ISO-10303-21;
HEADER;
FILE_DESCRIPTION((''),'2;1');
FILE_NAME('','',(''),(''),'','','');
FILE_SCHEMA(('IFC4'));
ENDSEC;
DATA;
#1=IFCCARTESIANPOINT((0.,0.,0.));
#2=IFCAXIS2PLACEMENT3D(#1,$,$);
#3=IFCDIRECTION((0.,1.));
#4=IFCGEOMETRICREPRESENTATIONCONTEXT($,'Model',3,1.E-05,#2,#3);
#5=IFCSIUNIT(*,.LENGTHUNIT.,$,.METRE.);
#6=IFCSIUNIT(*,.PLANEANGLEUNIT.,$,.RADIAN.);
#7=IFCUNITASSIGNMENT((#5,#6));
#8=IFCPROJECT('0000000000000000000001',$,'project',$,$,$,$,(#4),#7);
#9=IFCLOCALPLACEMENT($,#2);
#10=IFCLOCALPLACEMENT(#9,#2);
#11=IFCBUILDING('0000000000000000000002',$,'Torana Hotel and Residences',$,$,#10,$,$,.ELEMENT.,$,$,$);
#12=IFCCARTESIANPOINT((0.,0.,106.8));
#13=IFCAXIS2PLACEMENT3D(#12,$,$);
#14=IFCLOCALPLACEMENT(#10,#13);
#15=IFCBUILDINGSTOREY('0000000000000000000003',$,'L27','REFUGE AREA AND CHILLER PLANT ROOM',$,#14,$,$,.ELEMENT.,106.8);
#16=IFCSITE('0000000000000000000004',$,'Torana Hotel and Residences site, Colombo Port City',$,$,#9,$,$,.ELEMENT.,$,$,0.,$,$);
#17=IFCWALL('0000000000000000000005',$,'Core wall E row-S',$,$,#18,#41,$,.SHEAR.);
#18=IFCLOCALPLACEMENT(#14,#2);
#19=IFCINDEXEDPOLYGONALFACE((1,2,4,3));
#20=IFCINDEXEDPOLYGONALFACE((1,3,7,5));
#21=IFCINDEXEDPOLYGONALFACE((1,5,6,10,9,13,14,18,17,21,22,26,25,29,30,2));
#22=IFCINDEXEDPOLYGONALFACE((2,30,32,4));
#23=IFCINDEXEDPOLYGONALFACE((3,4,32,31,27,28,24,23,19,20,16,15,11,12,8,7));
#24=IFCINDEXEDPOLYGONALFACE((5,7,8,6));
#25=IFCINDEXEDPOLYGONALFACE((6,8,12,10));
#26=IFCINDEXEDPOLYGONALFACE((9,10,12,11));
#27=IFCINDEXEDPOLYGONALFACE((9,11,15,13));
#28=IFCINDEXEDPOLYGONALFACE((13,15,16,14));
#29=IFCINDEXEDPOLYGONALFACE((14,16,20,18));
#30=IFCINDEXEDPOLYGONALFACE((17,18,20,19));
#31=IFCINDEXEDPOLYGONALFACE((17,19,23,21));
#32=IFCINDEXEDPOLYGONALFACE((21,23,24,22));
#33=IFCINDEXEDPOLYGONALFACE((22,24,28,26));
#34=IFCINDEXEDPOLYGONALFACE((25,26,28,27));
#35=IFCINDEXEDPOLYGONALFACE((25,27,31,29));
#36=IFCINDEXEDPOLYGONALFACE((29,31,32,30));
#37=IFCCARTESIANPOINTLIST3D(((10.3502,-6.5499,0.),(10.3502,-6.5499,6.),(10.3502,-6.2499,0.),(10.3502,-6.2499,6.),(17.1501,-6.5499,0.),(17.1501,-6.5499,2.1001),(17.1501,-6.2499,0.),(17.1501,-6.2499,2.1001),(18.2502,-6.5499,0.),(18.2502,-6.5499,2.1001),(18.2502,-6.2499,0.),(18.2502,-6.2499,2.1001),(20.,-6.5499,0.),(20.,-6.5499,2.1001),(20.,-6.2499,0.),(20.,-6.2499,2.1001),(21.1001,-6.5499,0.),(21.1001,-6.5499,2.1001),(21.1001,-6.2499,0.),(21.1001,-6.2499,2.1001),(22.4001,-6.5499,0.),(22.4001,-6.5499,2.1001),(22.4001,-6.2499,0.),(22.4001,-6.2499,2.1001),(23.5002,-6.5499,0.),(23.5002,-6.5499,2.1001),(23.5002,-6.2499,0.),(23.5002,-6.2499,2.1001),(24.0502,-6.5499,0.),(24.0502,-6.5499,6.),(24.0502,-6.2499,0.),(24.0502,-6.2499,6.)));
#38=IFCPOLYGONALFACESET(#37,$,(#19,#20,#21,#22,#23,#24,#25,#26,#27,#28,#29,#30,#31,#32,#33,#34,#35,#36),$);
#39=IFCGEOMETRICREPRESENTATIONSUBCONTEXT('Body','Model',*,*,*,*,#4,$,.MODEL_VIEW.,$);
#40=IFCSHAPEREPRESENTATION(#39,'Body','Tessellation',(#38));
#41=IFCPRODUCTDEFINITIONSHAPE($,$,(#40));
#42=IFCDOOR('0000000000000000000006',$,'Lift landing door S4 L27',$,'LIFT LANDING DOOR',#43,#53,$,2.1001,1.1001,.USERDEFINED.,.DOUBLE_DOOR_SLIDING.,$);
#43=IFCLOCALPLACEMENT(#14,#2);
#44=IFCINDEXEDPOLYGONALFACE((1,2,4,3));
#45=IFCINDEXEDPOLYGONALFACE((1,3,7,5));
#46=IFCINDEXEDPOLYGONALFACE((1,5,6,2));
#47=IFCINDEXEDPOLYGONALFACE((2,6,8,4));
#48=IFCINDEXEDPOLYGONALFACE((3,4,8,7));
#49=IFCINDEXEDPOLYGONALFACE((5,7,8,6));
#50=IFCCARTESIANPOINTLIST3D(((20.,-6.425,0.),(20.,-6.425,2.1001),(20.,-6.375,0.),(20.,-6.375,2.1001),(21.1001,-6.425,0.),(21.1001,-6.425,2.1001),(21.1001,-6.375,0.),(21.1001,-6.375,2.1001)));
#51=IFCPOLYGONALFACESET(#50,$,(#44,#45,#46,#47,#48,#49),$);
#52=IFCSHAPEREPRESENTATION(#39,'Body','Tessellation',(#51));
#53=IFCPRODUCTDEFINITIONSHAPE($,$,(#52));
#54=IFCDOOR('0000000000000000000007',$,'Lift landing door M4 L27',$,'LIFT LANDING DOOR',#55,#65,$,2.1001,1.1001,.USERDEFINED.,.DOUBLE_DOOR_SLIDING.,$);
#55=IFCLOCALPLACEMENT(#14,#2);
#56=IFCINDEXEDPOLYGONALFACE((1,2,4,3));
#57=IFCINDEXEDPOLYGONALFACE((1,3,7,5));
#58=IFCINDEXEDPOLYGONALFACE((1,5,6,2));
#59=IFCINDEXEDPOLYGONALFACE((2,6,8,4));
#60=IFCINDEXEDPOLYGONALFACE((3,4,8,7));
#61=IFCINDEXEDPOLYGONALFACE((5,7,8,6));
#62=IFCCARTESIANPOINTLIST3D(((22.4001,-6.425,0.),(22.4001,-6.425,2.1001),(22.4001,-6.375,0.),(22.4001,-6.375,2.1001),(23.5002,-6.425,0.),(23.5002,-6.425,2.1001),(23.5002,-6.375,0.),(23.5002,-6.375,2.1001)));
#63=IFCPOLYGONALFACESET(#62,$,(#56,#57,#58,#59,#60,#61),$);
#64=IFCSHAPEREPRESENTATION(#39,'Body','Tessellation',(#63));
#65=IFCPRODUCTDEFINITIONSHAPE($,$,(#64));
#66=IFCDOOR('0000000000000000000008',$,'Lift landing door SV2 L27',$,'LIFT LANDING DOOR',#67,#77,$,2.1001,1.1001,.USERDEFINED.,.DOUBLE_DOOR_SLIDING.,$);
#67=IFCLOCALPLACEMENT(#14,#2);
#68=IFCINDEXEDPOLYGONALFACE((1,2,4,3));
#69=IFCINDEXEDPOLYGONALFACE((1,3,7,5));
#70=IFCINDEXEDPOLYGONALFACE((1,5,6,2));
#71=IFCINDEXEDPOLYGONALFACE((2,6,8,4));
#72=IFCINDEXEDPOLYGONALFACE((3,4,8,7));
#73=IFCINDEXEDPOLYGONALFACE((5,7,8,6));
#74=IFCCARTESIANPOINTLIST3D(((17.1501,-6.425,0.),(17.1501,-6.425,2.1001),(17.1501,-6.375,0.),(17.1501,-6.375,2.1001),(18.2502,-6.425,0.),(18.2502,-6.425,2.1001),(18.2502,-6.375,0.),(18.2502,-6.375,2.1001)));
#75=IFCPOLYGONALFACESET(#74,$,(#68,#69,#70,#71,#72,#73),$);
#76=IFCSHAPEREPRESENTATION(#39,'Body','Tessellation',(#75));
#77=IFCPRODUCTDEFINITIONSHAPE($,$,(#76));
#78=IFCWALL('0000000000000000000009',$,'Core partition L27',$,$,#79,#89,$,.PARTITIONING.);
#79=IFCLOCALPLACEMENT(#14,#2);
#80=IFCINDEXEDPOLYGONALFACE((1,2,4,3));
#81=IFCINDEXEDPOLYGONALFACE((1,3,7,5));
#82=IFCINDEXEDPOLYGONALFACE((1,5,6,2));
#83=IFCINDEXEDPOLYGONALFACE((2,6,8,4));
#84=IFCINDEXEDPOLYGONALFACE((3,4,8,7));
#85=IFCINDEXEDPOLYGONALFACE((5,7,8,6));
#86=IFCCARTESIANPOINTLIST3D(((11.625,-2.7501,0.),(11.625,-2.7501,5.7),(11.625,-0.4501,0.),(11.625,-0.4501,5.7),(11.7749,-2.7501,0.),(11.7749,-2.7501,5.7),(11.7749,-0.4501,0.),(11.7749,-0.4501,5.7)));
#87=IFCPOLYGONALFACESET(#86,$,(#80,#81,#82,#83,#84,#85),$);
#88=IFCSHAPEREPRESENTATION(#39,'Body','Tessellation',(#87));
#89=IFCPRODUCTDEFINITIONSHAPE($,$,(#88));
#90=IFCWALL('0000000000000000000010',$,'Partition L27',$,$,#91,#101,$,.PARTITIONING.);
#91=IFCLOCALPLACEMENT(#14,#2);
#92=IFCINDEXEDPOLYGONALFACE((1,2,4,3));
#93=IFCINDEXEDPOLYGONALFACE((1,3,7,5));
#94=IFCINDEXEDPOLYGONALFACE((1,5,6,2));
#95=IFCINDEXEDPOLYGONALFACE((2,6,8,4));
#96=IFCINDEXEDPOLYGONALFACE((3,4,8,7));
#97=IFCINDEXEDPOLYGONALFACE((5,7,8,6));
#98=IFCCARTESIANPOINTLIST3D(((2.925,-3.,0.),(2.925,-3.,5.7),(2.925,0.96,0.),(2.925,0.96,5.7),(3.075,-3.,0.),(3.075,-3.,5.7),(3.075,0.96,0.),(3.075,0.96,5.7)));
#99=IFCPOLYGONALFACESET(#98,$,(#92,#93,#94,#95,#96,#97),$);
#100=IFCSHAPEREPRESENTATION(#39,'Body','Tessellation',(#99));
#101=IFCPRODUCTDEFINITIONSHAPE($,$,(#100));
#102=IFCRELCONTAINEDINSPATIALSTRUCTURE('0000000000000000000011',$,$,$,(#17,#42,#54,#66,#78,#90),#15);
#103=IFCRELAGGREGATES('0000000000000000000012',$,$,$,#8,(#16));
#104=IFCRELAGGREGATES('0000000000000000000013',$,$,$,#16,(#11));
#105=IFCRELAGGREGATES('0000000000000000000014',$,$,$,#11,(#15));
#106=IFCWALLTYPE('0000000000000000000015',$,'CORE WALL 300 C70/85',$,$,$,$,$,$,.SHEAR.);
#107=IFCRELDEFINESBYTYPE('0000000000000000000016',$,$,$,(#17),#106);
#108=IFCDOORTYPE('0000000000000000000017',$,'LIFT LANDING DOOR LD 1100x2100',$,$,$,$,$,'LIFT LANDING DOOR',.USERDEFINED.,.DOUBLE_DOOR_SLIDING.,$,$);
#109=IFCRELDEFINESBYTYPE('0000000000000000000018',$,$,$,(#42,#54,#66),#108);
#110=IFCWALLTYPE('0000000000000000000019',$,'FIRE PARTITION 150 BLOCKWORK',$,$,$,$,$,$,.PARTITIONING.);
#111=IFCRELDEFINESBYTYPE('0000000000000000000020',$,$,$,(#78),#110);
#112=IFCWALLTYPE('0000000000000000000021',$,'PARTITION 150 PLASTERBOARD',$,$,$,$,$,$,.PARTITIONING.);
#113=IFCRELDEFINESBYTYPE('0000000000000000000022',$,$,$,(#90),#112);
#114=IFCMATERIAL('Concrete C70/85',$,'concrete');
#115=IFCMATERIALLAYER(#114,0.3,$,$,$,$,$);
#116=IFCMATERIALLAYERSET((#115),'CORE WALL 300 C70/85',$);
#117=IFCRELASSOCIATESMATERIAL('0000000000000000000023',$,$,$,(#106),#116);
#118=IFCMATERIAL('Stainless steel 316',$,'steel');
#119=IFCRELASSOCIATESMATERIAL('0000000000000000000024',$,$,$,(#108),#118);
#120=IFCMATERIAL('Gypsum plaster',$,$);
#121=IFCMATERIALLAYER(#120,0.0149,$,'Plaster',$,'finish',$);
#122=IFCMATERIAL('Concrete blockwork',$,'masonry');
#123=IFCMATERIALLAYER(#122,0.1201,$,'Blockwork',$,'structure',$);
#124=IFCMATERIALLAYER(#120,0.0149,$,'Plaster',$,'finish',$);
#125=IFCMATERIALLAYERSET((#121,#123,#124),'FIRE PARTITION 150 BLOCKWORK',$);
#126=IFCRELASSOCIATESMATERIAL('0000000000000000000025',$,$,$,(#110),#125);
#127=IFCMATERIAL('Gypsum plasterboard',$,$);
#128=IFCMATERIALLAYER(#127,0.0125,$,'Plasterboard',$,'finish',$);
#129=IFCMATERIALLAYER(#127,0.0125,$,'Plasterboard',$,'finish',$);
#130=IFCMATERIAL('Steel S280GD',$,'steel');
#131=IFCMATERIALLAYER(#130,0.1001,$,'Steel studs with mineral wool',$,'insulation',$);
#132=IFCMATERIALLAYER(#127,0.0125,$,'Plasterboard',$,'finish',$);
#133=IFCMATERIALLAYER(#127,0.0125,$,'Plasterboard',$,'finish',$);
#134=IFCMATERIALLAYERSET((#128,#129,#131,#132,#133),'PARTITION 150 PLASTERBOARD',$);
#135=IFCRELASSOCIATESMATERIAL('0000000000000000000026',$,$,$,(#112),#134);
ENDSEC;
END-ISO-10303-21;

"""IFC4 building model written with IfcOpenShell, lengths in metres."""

from ifc_helpers import new_model, si_unit, direction, frame, frame_2d, origin, place, context, subcontext, project, spatial, rectangle, extrude, material, layer, layer_set, type_object, element, fill, save


model = new_model("IFC4")

# Units and contexts
model_context = context("Model", 3, precision=1e-05, world=origin(), true_north=direction((0.0, 1.0)))
body_context = subcontext(model_context, "Body", "Model", "MODEL_VIEW")
ifc_project = project(units=[si_unit("LENGTHUNIT", "METRE"), si_unit("PLANEANGLEUNIT", "RADIAN")], contexts=[model_context])

# Site, building, storey
site_placement = place(None, origin())
site = spatial("IfcSite", under=ifc_project, at=site_placement, Name="Torana Hotel and Residences site, Colombo Port City", CompositionType="ELEMENT", RefElevation=0.0)
building_placement = place(site_placement, origin())
building = spatial("IfcBuilding", under=site, at=building_placement, Name="Torana Hotel and Residences", CompositionType="ELEMENT")
storey_placement = place(building_placement, frame((0.0, 0.0, 106.8)))
storey = spatial("IfcBuildingStorey", under=building, at=storey_placement, Name="L27", Description="REFUGE AREA AND CHILLER PLANT ROOM", CompositionType="ELEMENT", Elevation=106.8)

# Wall, openings, doors
ifc_material_1 = material(Name="Concrete C70/85", Category="concrete")
ifc_layer_1 = layer(ifc_material_1, 0.3)
ifc_layer_set_1 = layer_set([ifc_layer_1], Name="CORE WALL 300 C70/85")
wall_type_1 = type_object("IfcWallType", Name="CORE WALL 300 C70/85", PredefinedType="SHEAR", material=ifc_layer_set_1)
ifc_material_2 = material(Name="Stainless steel 316", Category="steel")
door_type_1 = type_object("IfcDoorType", Name="LIFT LANDING DOOR LD 1100x2100", ElementType="LIFT LANDING DOOR", OperationType="DOUBLE_DOOR_SLIDING", PredefinedType="USERDEFINED", material=ifc_material_2)
wall_1_placement = place(storey_placement, frame((10.3501, -6.3999, 0.0), z_axis=(0.0, 0.0, 1.0), x_axis=(1.0, 0.0, 0.0)))
wall_1 = element("IfcWall", 1, at=wall_1_placement, inside=storey, type_object=wall_type_1, Name="Core wall E row-S", PredefinedType="SHEAR", context=body_context, shape_type="SweptSolid", body=[
    extrude(rectangle(XDim=13.7, YDim=0.3, at=frame_2d((6.8501, 0.0))), origin(), (0.0, 0.0, 1.0), 6.0),
])
opening_1_placement = place(wall_1_placement, frame((9.6499, 0.0, 0.0)))
opening_1 = element("IfcOpeningElement", 2, at=opening_1_placement, cuts=wall_1, PredefinedType="OPENING", context=body_context, shape_type="SweptSolid", body=[
    extrude(rectangle(XDim=1.1001, YDim=2.1001, at=frame_2d((0.55, 1.05))), frame((0.0, 0.1599, 0.0), z_axis=(0.0, -1.0, 0.0), x_axis=(1.0, 0.0, 0.0)), (0.0, 0.0, 1.0), 0.3201),
])
opening_2_placement = place(wall_1_placement, frame((12.05, 0.0, 0.0)))
opening_2 = element("IfcOpeningElement", 3, at=opening_2_placement, cuts=wall_1, PredefinedType="OPENING", context=body_context, shape_type="SweptSolid", body=[
    extrude(rectangle(XDim=1.1001, YDim=2.1001, at=frame_2d((0.55, 1.05))), frame((0.0, 0.1599, 0.0), z_axis=(0.0, -1.0, 0.0), x_axis=(1.0, 0.0, 0.0)), (0.0, 0.0, 1.0), 0.3201),
])
opening_3_placement = place(wall_1_placement, frame((6.8, 0.0, 0.0)))
opening_3 = element("IfcOpeningElement", 4, at=opening_3_placement, cuts=wall_1, PredefinedType="OPENING", context=body_context, shape_type="SweptSolid", body=[
    extrude(rectangle(XDim=1.1001, YDim=2.1001, at=frame_2d((0.55, 1.05))), frame((0.0, 0.1599, 0.0), z_axis=(0.0, -1.0, 0.0), x_axis=(1.0, 0.0, 0.0)), (0.0, 0.0, 1.0), 0.3201),
])
door_1_placement = place(opening_1_placement, origin())
door_1 = element("IfcDoor", 5, at=door_1_placement, inside=storey, type_object=door_type_1, Name="Lift landing door S4 L27", ObjectType="LIFT LANDING DOOR", OperationType="DOUBLE_DOOR_SLIDING", OverallHeight=2.1001, OverallWidth=1.1001, PredefinedType="USERDEFINED", context=body_context, shape_type="SweptSolid", body=[
    extrude(rectangle(XDim=1.1001, YDim=2.1001, at=frame_2d((0.55, 1.05))), frame((0.0, 0.0249, 0.0), z_axis=(0.0, -1.0, 0.0), x_axis=(1.0, 0.0, 0.0)), (0.0, 0.0, 1.0), 0.05),
])
fill(opening_1, door_1)
door_2_placement = place(opening_2_placement, origin())
door_2 = element("IfcDoor", 6, at=door_2_placement, inside=storey, type_object=door_type_1, Name="Lift landing door M4 L27", ObjectType="LIFT LANDING DOOR", OperationType="DOUBLE_DOOR_SLIDING", OverallHeight=2.1001, OverallWidth=1.1001, PredefinedType="USERDEFINED", context=body_context, shape_type="SweptSolid", body=[
    extrude(rectangle(XDim=1.1001, YDim=2.1001, at=frame_2d((0.55, 1.05))), frame((0.0, 0.0249, 0.0), z_axis=(0.0, -1.0, 0.0), x_axis=(1.0, 0.0, 0.0)), (0.0, 0.0, 1.0), 0.05),
])
fill(opening_2, door_2)
door_3_placement = place(opening_3_placement, origin())
door_3 = element("IfcDoor", 7, at=door_3_placement, inside=storey, type_object=door_type_1, Name="Lift landing door SV2 L27", ObjectType="LIFT LANDING DOOR", OperationType="DOUBLE_DOOR_SLIDING", OverallHeight=2.1001, OverallWidth=1.1001, PredefinedType="USERDEFINED", context=body_context, shape_type="SweptSolid", body=[
    extrude(rectangle(XDim=1.1001, YDim=2.1001, at=frame_2d((0.55, 1.05))), frame((0.0, 0.0249, 0.0), z_axis=(0.0, -1.0, 0.0), x_axis=(1.0, 0.0, 0.0)), (0.0, 0.0, 1.0), 0.05),
])
fill(opening_3, door_3)

# Walls
ifc_material_3 = material(Name="Gypsum plaster")
ifc_layer_2 = layer(ifc_material_3, 0.0149, Name="Plaster", Category="finish")
ifc_material_4 = material(Name="Concrete blockwork", Category="masonry")
ifc_layer_3 = layer(ifc_material_4, 0.1201, Name="Blockwork", Category="structure")
ifc_layer_4 = layer(ifc_material_3, 0.0149, Name="Plaster", Category="finish")
ifc_layer_set_2 = layer_set([ifc_layer_2, ifc_layer_3, ifc_layer_4], Name="FIRE PARTITION 150 BLOCKWORK")
wall_type_2 = type_object("IfcWallType", Name="FIRE PARTITION 150 BLOCKWORK", PredefinedType="PARTITIONING", material=ifc_layer_set_2)
wall_2_placement = place(storey_placement, frame((11.7, -2.75, 0.0), z_axis=(0.0, 0.0, 1.0), x_axis=(0.0, 1.0, 0.0)))
element("IfcWall", 8, at=wall_2_placement, inside=storey, type_object=wall_type_2, Name="Core partition L27", PredefinedType="PARTITIONING", context=body_context, shape_type="SweptSolid", body=[
    extrude(rectangle(XDim=2.3, YDim=0.1499, at=frame_2d((1.1499, 0.0))), origin(), (0.0, 0.0, 1.0), 5.7),
])
ifc_material_5 = material(Name="Gypsum plasterboard")
ifc_layer_5 = layer(ifc_material_5, 0.0125, Name="Plasterboard", Category="finish")
ifc_layer_6 = layer(ifc_material_5, 0.0125, Name="Plasterboard", Category="finish")
ifc_material_6 = material(Name="Steel S280GD", Category="steel")
ifc_layer_7 = layer(ifc_material_6, 0.1001, Name="Steel studs with mineral wool", Category="insulation")
ifc_layer_8 = layer(ifc_material_5, 0.0125, Name="Plasterboard", Category="finish")
ifc_layer_9 = layer(ifc_material_5, 0.0125, Name="Plasterboard", Category="finish")
ifc_layer_set_3 = layer_set([ifc_layer_5, ifc_layer_6, ifc_layer_7, ifc_layer_8, ifc_layer_9], Name="PARTITION 150 PLASTERBOARD")
wall_type_3 = type_object("IfcWallType", Name="PARTITION 150 PLASTERBOARD", PredefinedType="PARTITIONING", material=ifc_layer_set_3)
wall_3_placement = place(storey_placement, frame((3.0, -3.0, 0.0), z_axis=(0.0, 0.0, 1.0), x_axis=(0.0, 1.0, 0.0)))
element("IfcWall", 9, at=wall_3_placement, inside=storey, type_object=wall_type_3, Name="Partition L27", PredefinedType="PARTITIONING", context=body_context, shape_type="SweptSolid", body=[
    extrude(rectangle(XDim=3.96, YDim=0.1499, at=frame_2d((1.98, 0.0))), origin(), (0.0, 0.0, 1.0), 5.7),
])

save(model, "model.ifc")
